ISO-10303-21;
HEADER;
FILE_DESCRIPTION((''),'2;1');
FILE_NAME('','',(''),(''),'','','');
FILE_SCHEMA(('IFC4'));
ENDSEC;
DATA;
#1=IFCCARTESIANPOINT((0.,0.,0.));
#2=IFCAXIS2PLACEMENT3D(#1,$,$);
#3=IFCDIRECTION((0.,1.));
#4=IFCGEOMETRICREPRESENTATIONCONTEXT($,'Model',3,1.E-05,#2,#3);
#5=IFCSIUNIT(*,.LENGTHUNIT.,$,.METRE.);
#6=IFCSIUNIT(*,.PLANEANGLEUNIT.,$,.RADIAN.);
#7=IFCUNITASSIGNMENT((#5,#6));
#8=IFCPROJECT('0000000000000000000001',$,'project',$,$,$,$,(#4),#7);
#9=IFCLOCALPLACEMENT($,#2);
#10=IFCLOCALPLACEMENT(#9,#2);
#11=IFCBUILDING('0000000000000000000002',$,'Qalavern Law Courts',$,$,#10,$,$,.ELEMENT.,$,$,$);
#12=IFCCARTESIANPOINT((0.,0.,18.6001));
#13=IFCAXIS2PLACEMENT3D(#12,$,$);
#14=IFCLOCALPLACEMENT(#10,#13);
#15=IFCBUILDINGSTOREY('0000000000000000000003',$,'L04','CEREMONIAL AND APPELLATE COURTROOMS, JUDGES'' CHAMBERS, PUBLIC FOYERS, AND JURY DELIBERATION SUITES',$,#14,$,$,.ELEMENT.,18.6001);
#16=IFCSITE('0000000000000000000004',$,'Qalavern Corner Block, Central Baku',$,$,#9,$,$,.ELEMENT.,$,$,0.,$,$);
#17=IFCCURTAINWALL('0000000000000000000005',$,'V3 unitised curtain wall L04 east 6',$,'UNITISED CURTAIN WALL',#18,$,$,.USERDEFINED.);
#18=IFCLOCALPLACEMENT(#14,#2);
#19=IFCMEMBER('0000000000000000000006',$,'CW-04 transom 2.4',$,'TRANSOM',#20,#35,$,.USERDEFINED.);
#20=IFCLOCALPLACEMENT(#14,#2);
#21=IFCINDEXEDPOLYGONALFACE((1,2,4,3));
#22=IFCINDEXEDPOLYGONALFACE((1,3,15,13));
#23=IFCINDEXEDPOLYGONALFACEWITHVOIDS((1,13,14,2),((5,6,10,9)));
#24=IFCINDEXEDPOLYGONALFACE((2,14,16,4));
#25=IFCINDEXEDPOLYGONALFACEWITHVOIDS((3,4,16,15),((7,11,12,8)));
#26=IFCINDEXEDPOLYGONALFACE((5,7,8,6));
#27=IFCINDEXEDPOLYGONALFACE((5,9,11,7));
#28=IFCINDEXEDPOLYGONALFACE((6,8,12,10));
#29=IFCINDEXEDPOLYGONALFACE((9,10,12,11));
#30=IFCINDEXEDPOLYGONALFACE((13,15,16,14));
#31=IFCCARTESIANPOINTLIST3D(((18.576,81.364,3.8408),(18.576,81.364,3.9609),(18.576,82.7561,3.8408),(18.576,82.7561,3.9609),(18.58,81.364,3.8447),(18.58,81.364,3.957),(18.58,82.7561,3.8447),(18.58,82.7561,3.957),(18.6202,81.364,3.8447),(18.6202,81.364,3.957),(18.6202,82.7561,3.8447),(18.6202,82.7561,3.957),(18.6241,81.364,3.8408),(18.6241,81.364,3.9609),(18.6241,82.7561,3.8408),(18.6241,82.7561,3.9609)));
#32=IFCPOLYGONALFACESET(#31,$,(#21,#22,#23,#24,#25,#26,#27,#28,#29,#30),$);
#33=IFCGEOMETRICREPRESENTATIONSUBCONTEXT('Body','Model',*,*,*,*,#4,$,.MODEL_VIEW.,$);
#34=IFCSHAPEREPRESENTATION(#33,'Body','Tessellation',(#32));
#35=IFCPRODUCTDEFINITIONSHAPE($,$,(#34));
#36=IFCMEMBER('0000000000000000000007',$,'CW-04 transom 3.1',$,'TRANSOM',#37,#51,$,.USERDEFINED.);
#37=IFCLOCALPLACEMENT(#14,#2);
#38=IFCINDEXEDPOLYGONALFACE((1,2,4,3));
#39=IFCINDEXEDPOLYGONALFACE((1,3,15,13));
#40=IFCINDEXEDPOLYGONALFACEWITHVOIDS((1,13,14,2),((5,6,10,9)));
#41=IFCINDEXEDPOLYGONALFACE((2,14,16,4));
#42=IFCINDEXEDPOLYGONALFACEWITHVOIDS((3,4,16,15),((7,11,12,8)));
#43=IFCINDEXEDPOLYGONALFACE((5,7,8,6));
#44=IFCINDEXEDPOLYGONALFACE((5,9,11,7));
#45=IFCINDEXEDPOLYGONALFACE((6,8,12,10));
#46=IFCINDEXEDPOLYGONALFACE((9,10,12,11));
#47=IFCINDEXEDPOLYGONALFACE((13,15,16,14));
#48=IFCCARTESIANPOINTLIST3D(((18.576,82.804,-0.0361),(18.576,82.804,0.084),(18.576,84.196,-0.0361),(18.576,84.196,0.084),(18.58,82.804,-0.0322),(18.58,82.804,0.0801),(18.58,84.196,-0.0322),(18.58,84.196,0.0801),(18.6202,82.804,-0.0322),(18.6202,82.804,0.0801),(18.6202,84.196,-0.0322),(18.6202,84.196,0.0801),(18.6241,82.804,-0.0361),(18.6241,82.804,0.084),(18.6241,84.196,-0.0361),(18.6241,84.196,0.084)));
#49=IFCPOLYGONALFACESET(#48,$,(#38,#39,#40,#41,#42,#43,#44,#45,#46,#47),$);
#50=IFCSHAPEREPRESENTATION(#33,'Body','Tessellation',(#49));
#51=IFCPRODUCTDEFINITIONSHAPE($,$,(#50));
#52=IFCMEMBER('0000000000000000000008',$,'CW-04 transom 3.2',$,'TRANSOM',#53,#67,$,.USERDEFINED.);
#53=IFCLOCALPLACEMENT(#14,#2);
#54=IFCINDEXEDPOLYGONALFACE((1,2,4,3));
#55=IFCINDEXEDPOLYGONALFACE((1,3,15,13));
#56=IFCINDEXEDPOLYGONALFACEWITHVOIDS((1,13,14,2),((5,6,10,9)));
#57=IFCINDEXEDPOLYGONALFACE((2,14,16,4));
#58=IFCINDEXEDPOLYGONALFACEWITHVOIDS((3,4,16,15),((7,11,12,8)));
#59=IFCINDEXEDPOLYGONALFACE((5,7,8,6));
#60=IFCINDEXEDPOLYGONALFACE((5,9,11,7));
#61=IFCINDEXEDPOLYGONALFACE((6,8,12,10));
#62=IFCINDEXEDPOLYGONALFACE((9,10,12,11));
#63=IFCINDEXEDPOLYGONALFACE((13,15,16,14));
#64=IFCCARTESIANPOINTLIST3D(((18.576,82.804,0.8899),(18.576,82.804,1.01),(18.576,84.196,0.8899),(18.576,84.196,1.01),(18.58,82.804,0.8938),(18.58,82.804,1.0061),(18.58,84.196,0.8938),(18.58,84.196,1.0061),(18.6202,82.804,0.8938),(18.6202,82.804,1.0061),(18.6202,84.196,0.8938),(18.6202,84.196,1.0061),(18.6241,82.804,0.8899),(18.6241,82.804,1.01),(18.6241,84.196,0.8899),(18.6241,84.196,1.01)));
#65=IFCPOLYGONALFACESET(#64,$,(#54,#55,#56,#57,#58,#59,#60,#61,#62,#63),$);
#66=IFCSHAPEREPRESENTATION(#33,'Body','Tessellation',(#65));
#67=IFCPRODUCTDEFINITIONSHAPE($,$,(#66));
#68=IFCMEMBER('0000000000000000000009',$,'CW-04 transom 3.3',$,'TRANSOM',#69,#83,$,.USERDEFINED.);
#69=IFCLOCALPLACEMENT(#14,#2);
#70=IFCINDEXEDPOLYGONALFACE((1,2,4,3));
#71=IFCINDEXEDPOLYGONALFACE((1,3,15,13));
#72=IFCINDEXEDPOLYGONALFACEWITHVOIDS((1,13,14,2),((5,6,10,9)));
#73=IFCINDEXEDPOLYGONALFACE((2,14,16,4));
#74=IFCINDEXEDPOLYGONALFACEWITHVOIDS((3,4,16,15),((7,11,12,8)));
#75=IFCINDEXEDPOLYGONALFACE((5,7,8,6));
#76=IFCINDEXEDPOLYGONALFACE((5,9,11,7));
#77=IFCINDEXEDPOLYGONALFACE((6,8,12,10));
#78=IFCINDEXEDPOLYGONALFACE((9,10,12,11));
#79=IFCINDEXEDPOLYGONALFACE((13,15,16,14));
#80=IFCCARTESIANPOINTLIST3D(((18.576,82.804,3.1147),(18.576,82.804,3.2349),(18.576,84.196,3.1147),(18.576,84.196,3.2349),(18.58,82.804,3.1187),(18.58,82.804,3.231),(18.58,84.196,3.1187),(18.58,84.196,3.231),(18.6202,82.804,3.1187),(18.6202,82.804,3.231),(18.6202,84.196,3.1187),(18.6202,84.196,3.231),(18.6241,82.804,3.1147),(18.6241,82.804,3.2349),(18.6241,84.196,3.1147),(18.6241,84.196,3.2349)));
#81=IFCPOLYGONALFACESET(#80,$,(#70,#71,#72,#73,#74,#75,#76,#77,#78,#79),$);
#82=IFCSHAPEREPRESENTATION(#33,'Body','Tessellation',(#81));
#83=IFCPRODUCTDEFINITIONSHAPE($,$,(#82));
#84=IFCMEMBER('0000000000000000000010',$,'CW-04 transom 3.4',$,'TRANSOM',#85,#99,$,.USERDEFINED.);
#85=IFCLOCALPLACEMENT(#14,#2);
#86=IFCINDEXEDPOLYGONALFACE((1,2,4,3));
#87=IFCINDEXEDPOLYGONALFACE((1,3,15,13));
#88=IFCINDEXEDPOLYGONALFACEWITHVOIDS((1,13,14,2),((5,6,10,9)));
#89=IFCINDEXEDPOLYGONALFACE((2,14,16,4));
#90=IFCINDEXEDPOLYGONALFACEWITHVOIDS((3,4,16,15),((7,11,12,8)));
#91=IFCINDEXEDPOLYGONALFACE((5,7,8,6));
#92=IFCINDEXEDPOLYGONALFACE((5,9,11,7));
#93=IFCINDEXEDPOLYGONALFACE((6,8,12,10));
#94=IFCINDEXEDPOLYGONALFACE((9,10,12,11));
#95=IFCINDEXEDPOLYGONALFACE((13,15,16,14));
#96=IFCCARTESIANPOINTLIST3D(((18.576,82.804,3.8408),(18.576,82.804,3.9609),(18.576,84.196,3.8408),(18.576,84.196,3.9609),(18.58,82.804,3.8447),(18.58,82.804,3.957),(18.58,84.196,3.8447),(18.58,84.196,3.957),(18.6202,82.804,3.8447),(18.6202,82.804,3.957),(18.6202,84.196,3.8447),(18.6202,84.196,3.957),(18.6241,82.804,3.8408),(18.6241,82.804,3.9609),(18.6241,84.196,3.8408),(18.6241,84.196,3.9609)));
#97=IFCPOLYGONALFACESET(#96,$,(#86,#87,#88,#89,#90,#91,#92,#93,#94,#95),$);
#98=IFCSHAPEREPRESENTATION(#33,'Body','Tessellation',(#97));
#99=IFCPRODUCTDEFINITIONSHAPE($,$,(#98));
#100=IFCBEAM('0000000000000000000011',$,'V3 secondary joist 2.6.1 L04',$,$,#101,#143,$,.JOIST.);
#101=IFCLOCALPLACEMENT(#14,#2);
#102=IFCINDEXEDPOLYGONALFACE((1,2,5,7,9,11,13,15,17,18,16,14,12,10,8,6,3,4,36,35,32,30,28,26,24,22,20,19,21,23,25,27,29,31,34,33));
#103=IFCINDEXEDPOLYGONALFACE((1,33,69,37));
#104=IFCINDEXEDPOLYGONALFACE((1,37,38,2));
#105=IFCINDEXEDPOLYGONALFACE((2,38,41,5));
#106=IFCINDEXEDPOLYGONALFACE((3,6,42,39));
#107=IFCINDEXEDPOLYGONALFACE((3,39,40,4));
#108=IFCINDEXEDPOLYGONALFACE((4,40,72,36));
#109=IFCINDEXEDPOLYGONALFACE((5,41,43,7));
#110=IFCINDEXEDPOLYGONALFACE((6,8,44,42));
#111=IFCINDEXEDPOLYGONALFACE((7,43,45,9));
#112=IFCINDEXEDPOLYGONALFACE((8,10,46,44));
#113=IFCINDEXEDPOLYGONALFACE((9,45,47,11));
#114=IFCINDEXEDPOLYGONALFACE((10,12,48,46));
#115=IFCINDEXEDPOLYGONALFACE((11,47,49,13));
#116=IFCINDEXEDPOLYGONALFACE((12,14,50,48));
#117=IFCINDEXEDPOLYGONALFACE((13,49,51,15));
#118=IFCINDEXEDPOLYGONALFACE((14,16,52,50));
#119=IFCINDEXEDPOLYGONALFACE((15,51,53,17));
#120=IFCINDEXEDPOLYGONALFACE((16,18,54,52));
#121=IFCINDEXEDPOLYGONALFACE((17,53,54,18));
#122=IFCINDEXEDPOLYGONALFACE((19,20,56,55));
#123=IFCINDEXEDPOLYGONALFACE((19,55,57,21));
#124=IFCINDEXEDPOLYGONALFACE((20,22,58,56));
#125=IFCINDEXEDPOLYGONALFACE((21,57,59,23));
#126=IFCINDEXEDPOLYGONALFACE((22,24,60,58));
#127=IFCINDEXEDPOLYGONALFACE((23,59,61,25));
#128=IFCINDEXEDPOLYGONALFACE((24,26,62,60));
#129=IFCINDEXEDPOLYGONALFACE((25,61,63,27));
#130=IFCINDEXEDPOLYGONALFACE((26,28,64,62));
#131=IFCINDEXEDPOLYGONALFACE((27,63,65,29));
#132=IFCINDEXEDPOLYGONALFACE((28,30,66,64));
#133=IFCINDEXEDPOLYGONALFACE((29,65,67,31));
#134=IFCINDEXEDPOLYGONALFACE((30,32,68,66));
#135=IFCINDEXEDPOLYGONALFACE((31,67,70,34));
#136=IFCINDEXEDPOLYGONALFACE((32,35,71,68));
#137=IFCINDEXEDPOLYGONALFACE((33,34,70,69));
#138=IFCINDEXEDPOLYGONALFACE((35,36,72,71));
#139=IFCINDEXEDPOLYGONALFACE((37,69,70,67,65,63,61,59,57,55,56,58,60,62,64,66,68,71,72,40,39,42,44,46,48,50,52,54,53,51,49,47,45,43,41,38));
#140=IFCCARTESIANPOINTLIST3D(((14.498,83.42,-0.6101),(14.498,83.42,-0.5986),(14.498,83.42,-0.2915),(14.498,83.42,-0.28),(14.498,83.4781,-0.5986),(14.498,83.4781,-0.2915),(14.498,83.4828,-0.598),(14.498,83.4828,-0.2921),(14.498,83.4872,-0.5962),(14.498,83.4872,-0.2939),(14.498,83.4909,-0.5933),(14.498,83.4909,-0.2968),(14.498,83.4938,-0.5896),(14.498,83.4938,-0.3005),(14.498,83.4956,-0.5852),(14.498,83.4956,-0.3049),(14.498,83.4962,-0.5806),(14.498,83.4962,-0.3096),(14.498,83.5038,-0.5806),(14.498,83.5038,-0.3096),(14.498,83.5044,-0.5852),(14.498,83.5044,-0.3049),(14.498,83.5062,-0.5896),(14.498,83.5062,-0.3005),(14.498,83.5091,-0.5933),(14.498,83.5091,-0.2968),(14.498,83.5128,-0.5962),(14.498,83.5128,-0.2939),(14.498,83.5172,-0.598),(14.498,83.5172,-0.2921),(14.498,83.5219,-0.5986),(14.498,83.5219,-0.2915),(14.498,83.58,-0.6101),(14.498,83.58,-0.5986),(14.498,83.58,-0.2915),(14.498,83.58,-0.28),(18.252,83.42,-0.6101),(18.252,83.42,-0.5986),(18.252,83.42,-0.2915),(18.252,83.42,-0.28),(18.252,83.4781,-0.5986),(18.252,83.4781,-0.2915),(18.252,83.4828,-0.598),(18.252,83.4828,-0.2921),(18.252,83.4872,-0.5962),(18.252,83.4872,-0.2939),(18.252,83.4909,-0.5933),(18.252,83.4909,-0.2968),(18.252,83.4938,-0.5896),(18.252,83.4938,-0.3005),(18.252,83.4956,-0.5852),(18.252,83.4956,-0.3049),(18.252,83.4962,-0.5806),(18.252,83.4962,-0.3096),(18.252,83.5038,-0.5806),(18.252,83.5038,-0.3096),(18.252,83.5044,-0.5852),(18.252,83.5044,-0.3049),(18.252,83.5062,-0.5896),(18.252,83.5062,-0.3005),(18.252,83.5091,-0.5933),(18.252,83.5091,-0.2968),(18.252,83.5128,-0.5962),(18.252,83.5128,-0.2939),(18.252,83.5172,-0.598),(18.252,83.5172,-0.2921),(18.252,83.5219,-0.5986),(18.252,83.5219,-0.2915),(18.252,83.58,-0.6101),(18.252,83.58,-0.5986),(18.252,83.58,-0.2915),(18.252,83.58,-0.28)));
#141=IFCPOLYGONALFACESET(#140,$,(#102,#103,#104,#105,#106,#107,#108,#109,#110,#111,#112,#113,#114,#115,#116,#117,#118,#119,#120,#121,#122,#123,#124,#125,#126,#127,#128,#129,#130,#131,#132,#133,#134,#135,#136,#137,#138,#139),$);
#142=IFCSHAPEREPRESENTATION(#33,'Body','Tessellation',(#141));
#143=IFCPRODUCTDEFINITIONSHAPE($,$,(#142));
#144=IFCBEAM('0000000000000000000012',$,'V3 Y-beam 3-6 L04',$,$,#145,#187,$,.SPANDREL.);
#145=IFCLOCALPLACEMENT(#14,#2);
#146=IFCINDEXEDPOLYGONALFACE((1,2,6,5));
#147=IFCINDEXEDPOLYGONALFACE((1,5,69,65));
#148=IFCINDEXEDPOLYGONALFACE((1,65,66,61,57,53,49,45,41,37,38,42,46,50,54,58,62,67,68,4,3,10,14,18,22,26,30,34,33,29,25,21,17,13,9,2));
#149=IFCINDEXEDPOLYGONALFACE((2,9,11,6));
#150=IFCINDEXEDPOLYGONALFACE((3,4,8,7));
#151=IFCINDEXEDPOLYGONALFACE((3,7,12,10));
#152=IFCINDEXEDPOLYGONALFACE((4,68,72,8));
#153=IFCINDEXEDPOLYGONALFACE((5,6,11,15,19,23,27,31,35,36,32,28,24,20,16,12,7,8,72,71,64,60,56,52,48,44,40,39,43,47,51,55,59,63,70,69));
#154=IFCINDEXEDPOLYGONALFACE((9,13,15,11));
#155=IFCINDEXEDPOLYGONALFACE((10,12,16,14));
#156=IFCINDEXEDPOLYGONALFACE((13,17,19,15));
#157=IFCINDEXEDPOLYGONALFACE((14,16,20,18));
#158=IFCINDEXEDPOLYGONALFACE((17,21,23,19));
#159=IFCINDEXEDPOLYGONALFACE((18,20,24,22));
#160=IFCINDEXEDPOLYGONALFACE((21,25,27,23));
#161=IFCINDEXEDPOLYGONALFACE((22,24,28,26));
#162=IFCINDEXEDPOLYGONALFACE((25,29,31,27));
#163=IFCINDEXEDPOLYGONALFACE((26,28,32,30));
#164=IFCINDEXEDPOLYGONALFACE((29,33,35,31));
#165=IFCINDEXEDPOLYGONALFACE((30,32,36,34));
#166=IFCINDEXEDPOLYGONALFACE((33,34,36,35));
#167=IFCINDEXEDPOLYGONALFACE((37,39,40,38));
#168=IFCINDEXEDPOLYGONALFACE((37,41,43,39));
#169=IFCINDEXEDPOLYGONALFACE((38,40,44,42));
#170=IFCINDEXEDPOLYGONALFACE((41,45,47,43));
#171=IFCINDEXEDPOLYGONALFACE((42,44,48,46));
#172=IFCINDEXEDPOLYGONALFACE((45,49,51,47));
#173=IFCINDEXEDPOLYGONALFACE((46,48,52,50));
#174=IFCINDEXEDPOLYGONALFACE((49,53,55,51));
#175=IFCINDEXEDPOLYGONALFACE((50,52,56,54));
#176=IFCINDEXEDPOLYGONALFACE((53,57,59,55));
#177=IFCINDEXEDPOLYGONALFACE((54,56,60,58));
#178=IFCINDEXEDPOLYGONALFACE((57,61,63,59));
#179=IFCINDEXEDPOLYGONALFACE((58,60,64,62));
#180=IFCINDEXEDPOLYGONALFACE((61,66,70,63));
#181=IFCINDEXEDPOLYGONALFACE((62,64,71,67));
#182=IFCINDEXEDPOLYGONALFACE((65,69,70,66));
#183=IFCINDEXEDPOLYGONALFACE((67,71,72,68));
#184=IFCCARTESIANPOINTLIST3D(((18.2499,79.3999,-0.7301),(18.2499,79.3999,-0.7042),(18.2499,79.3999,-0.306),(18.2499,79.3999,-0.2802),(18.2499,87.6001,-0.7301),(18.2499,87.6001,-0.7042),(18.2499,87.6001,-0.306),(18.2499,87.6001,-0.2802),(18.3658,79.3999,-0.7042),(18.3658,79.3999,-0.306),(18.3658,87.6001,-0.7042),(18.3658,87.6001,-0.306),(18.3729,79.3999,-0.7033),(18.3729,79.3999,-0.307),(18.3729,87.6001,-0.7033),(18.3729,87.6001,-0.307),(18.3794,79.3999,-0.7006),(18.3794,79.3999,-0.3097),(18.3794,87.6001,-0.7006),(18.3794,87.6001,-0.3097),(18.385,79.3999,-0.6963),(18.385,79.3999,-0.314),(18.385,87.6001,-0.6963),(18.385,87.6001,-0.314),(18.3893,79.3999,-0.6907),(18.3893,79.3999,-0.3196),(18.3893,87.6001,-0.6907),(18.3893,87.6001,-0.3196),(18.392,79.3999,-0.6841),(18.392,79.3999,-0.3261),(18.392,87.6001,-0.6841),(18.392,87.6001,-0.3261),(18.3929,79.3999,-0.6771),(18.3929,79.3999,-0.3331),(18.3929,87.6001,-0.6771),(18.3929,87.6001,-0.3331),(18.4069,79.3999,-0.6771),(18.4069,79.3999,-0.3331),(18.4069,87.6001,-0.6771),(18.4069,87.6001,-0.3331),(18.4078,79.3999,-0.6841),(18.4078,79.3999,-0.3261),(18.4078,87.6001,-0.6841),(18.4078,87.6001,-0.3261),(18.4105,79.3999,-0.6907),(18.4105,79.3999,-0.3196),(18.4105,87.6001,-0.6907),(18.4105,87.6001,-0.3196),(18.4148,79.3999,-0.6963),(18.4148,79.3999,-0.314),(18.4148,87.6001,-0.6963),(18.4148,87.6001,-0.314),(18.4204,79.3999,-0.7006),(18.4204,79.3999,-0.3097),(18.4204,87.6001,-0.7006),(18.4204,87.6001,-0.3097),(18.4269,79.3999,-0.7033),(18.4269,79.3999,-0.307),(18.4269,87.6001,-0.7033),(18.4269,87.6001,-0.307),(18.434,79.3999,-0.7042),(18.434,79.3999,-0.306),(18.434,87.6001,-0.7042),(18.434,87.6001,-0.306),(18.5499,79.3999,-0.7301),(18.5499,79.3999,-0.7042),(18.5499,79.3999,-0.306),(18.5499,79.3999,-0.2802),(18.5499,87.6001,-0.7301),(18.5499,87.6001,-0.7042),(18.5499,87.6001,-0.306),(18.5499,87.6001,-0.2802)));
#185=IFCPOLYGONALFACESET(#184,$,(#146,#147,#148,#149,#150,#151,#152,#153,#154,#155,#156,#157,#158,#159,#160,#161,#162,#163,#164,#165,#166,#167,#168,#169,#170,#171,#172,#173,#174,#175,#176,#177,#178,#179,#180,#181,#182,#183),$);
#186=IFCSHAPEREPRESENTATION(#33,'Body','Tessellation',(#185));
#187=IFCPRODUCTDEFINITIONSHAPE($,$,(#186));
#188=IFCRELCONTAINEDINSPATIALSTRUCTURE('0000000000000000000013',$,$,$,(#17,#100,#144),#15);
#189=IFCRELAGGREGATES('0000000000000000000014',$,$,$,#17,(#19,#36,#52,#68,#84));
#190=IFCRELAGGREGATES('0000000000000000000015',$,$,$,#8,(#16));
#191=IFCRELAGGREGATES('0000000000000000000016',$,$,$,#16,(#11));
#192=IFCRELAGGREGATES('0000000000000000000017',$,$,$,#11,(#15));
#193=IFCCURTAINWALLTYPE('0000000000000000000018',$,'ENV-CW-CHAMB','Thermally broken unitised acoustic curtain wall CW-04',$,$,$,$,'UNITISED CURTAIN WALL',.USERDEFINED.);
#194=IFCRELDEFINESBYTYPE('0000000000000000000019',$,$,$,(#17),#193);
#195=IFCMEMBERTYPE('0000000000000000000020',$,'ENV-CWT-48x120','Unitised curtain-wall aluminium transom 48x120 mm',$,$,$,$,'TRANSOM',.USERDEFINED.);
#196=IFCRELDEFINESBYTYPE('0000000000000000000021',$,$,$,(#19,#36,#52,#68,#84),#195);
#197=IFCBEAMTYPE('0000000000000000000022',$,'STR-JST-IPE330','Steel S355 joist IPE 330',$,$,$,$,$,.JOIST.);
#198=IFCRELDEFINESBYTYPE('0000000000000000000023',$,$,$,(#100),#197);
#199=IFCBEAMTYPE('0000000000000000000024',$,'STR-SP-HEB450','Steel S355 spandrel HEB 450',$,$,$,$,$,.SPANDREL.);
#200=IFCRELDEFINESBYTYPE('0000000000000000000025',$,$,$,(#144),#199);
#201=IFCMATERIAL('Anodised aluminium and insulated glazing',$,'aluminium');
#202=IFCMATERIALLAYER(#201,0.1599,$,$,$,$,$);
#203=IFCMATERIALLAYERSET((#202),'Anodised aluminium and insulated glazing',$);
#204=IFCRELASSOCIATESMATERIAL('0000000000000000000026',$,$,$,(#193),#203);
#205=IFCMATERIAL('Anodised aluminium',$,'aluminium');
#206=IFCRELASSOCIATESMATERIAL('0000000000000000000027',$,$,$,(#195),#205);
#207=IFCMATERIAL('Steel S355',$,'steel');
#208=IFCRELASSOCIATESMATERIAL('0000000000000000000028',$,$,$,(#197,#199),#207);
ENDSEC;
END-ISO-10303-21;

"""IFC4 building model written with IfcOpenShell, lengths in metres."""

from ifc_helpers import new_model, si_unit, direction, frame, origin, origin_2d, place, context, subcontext, project, spatial, hollow_rectangle, i_section, extrude, material, layer, layer_set, material_profile, profile_set, type_object, element, aggregate, save


model = new_model("IFC4")

# Units and contexts
model_context = context("Model", 3, precision=1e-05, world=origin(), true_north=direction((0.0, 1.0)))
body_context = subcontext(model_context, "Body", "Model", "MODEL_VIEW")
ifc_project = project(units=[si_unit("LENGTHUNIT", "METRE"), si_unit("PLANEANGLEUNIT", "RADIAN")], contexts=[model_context])

# Site, building, storey
site_placement = place(None, origin())
site = spatial("IfcSite", under=ifc_project, at=site_placement, Name="Qalavern Corner Block, Central Baku", CompositionType="ELEMENT", RefElevation=0.0)
building_placement = place(site_placement, origin())
building = spatial("IfcBuilding", under=site, at=building_placement, Name="Qalavern Law Courts", CompositionType="ELEMENT")
storey_placement = place(building_placement, frame((0.0, 0.0, 18.6001)))
storey = spatial("IfcBuildingStorey", under=building, at=storey_placement, Name="L04", Description="CEREMONIAL AND APPELLATE COURTROOMS, JUDGES' CHAMBERS, PUBLIC FOYERS, AND JURY DELIBERATION SUITES", CompositionType="ELEMENT", Elevation=18.6001)

# Curtain wall, members
ifc_material_1 = material(Name="Anodised aluminium and insulated glazing", Category="aluminium")
ifc_layer_1 = layer(ifc_material_1, 0.1599)
ifc_layer_set_1 = layer_set([ifc_layer_1], Name="Anodised aluminium and insulated glazing")
curtain_wall_type = type_object("IfcCurtainWallType", Name="ENV-CW-CHAMB", Description="Thermally broken unitised acoustic curtain wall CW-04", ElementType="UNITISED CURTAIN WALL", PredefinedType="USERDEFINED", material=ifc_layer_set_1)
curtain_wall_placement = place(storey_placement, origin())
curtain_wall = element("IfcCurtainWall", 1, at=curtain_wall_placement, inside=storey, type_object=curtain_wall_type, Name="V3 unitised curtain wall L04 east 6", ObjectType="UNITISED CURTAIN WALL", PredefinedType="USERDEFINED")
ifc_material_2 = material(Name="Anodised aluminium", Category="aluminium")
ifc_material_profile_1 = material_profile(ifc_material_2, hollow_rectangle(XDim=0.0481, YDim=0.1201, WallThickness=0.0039, at=origin_2d()), Name="ALU TRANSOM 48x120")
ifc_profile_set_1 = profile_set([ifc_material_profile_1], Name="Anodised aluminium")
member_type_1 = type_object("IfcMemberType", Name="ENV-CWT-48x120", Description="Unitised curtain-wall aluminium transom 48x120 mm", ElementType="TRANSOM", PredefinedType="USERDEFINED", material=ifc_profile_set_1)
member_1_placement = place(storey_placement, frame((18.6001, 81.364, 3.9009), z_axis=(0.0, 1.0, 0.0), x_axis=(-1.0, 0.0, 0.0)))
member_1 = element("IfcMember", 2, at=member_1_placement, type_object=member_type_1, Name="CW-04 transom 2.4", ObjectType="TRANSOM", PredefinedType="USERDEFINED", context=body_context, shape_type="SweptSolid", body=[
    extrude(hollow_rectangle(XDim=0.0481, YDim=0.1201, WallThickness=0.0039, at=origin_2d()), origin(), (0.0, 0.0, 1.0), 1.3921),
])
member_2_placement = place(storey_placement, frame((18.6001, 82.804, 0.0239), z_axis=(0.0, 1.0, 0.0), x_axis=(-1.0, 0.0, 0.0)))
member_2 = element("IfcMember", 3, at=member_2_placement, type_object=member_type_1, Name="CW-04 transom 3.1", ObjectType="TRANSOM", PredefinedType="USERDEFINED", context=body_context, shape_type="SweptSolid", body=[
    extrude(hollow_rectangle(XDim=0.0481, YDim=0.1201, WallThickness=0.0039, at=origin_2d()), origin(), (0.0, 0.0, 1.0), 1.3921),
])
member_3_placement = place(storey_placement, frame((18.6001, 82.804, 0.95), z_axis=(0.0, 1.0, 0.0), x_axis=(-1.0, 0.0, 0.0)))
member_3 = element("IfcMember", 4, at=member_3_placement, type_object=member_type_1, Name="CW-04 transom 3.2", ObjectType="TRANSOM", PredefinedType="USERDEFINED", context=body_context, shape_type="SweptSolid", body=[
    extrude(hollow_rectangle(XDim=0.0481, YDim=0.1201, WallThickness=0.0039, at=origin_2d()), origin(), (0.0, 0.0, 1.0), 1.3921),
])
member_4_placement = place(storey_placement, frame((18.6001, 82.804, 3.1748), z_axis=(0.0, 1.0, 0.0), x_axis=(-1.0, 0.0, 0.0)))
member_4 = element("IfcMember", 5, at=member_4_placement, type_object=member_type_1, Name="CW-04 transom 3.3", ObjectType="TRANSOM", PredefinedType="USERDEFINED", context=body_context, shape_type="SweptSolid", body=[
    extrude(hollow_rectangle(XDim=0.0481, YDim=0.1201, WallThickness=0.0039, at=origin_2d()), origin(), (0.0, 0.0, 1.0), 1.3921),
])
member_5_placement = place(storey_placement, frame((18.6001, 82.804, 3.9009), z_axis=(0.0, 1.0, 0.0), x_axis=(-1.0, 0.0, 0.0)))
member_5 = element("IfcMember", 6, at=member_5_placement, type_object=member_type_1, Name="CW-04 transom 3.4", ObjectType="TRANSOM", PredefinedType="USERDEFINED", context=body_context, shape_type="SweptSolid", body=[
    extrude(hollow_rectangle(XDim=0.0481, YDim=0.1201, WallThickness=0.0039, at=origin_2d()), origin(), (0.0, 0.0, 1.0), 1.3921),
])

# Beams
ifc_material_3 = material(Name="Steel S355", Category="steel")
ifc_material_profile_2 = material_profile(ifc_material_3, i_section(OverallWidth=0.1599, OverallDepth=0.3301, WebThickness=0.0076, FlangeThickness=0.0115, FilletRadius=0.0181, at=origin_2d()), Name="IPE 330")
ifc_profile_set_2 = profile_set([ifc_material_profile_2], Name="Steel S355")
beam_type_1 = type_object("IfcBeamType", Name="STR-JST-IPE330", Description="Steel S355 joist IPE 330", PredefinedType="JOIST", material=ifc_profile_set_2)
beam_1_placement = place(storey_placement, frame((14.498, 83.5, -0.4451), z_axis=(1.0, 0.0, 0.0), x_axis=(0.0, 1.0, 0.0)))
element("IfcBeam", 7, at=beam_1_placement, inside=storey, type_object=beam_type_1, Name="V3 secondary joist 2.6.1 L04", PredefinedType="JOIST", context=body_context, shape_type="SweptSolid", body=[
    extrude(i_section(OverallWidth=0.1599, OverallDepth=0.3301, WebThickness=0.0076, FlangeThickness=0.0115, FilletRadius=0.0181, at=origin_2d()), origin(), (0.0, 0.0, 1.0), 3.7539),
])
ifc_material_profile_3 = material_profile(ifc_material_3, i_section(OverallWidth=0.3, OverallDepth=0.45, WebThickness=0.0139, FlangeThickness=0.0259, FilletRadius=0.0271, at=origin_2d()), Name="HEB 450")
ifc_profile_set_3 = profile_set([ifc_material_profile_3], Name="Steel S355")
beam_type_2 = type_object("IfcBeamType", Name="STR-SP-HEB450", Description="Steel S355 spandrel HEB 450", PredefinedType="SPANDREL", material=ifc_profile_set_3)
beam_2_placement = place(storey_placement, frame((18.3999, 79.3999, -0.5051), z_axis=(0.0, 1.0, 0.0), x_axis=(-1.0, 0.0, 0.0)))
element("IfcBeam", 8, at=beam_2_placement, inside=storey, type_object=beam_type_2, Name="V3 Y-beam 3-6 L04", PredefinedType="SPANDREL", context=body_context, shape_type="SweptSolid", body=[
    extrude(i_section(OverallWidth=0.3, OverallDepth=0.45, WebThickness=0.0139, FlangeThickness=0.0259, FilletRadius=0.0271, at=origin_2d()), origin(), (0.0, 0.0, 1.0), 8.2002),
])

aggregate(curtain_wall, [member_1, member_2, member_3, member_4, member_5])

save(model, "model.ifc")
